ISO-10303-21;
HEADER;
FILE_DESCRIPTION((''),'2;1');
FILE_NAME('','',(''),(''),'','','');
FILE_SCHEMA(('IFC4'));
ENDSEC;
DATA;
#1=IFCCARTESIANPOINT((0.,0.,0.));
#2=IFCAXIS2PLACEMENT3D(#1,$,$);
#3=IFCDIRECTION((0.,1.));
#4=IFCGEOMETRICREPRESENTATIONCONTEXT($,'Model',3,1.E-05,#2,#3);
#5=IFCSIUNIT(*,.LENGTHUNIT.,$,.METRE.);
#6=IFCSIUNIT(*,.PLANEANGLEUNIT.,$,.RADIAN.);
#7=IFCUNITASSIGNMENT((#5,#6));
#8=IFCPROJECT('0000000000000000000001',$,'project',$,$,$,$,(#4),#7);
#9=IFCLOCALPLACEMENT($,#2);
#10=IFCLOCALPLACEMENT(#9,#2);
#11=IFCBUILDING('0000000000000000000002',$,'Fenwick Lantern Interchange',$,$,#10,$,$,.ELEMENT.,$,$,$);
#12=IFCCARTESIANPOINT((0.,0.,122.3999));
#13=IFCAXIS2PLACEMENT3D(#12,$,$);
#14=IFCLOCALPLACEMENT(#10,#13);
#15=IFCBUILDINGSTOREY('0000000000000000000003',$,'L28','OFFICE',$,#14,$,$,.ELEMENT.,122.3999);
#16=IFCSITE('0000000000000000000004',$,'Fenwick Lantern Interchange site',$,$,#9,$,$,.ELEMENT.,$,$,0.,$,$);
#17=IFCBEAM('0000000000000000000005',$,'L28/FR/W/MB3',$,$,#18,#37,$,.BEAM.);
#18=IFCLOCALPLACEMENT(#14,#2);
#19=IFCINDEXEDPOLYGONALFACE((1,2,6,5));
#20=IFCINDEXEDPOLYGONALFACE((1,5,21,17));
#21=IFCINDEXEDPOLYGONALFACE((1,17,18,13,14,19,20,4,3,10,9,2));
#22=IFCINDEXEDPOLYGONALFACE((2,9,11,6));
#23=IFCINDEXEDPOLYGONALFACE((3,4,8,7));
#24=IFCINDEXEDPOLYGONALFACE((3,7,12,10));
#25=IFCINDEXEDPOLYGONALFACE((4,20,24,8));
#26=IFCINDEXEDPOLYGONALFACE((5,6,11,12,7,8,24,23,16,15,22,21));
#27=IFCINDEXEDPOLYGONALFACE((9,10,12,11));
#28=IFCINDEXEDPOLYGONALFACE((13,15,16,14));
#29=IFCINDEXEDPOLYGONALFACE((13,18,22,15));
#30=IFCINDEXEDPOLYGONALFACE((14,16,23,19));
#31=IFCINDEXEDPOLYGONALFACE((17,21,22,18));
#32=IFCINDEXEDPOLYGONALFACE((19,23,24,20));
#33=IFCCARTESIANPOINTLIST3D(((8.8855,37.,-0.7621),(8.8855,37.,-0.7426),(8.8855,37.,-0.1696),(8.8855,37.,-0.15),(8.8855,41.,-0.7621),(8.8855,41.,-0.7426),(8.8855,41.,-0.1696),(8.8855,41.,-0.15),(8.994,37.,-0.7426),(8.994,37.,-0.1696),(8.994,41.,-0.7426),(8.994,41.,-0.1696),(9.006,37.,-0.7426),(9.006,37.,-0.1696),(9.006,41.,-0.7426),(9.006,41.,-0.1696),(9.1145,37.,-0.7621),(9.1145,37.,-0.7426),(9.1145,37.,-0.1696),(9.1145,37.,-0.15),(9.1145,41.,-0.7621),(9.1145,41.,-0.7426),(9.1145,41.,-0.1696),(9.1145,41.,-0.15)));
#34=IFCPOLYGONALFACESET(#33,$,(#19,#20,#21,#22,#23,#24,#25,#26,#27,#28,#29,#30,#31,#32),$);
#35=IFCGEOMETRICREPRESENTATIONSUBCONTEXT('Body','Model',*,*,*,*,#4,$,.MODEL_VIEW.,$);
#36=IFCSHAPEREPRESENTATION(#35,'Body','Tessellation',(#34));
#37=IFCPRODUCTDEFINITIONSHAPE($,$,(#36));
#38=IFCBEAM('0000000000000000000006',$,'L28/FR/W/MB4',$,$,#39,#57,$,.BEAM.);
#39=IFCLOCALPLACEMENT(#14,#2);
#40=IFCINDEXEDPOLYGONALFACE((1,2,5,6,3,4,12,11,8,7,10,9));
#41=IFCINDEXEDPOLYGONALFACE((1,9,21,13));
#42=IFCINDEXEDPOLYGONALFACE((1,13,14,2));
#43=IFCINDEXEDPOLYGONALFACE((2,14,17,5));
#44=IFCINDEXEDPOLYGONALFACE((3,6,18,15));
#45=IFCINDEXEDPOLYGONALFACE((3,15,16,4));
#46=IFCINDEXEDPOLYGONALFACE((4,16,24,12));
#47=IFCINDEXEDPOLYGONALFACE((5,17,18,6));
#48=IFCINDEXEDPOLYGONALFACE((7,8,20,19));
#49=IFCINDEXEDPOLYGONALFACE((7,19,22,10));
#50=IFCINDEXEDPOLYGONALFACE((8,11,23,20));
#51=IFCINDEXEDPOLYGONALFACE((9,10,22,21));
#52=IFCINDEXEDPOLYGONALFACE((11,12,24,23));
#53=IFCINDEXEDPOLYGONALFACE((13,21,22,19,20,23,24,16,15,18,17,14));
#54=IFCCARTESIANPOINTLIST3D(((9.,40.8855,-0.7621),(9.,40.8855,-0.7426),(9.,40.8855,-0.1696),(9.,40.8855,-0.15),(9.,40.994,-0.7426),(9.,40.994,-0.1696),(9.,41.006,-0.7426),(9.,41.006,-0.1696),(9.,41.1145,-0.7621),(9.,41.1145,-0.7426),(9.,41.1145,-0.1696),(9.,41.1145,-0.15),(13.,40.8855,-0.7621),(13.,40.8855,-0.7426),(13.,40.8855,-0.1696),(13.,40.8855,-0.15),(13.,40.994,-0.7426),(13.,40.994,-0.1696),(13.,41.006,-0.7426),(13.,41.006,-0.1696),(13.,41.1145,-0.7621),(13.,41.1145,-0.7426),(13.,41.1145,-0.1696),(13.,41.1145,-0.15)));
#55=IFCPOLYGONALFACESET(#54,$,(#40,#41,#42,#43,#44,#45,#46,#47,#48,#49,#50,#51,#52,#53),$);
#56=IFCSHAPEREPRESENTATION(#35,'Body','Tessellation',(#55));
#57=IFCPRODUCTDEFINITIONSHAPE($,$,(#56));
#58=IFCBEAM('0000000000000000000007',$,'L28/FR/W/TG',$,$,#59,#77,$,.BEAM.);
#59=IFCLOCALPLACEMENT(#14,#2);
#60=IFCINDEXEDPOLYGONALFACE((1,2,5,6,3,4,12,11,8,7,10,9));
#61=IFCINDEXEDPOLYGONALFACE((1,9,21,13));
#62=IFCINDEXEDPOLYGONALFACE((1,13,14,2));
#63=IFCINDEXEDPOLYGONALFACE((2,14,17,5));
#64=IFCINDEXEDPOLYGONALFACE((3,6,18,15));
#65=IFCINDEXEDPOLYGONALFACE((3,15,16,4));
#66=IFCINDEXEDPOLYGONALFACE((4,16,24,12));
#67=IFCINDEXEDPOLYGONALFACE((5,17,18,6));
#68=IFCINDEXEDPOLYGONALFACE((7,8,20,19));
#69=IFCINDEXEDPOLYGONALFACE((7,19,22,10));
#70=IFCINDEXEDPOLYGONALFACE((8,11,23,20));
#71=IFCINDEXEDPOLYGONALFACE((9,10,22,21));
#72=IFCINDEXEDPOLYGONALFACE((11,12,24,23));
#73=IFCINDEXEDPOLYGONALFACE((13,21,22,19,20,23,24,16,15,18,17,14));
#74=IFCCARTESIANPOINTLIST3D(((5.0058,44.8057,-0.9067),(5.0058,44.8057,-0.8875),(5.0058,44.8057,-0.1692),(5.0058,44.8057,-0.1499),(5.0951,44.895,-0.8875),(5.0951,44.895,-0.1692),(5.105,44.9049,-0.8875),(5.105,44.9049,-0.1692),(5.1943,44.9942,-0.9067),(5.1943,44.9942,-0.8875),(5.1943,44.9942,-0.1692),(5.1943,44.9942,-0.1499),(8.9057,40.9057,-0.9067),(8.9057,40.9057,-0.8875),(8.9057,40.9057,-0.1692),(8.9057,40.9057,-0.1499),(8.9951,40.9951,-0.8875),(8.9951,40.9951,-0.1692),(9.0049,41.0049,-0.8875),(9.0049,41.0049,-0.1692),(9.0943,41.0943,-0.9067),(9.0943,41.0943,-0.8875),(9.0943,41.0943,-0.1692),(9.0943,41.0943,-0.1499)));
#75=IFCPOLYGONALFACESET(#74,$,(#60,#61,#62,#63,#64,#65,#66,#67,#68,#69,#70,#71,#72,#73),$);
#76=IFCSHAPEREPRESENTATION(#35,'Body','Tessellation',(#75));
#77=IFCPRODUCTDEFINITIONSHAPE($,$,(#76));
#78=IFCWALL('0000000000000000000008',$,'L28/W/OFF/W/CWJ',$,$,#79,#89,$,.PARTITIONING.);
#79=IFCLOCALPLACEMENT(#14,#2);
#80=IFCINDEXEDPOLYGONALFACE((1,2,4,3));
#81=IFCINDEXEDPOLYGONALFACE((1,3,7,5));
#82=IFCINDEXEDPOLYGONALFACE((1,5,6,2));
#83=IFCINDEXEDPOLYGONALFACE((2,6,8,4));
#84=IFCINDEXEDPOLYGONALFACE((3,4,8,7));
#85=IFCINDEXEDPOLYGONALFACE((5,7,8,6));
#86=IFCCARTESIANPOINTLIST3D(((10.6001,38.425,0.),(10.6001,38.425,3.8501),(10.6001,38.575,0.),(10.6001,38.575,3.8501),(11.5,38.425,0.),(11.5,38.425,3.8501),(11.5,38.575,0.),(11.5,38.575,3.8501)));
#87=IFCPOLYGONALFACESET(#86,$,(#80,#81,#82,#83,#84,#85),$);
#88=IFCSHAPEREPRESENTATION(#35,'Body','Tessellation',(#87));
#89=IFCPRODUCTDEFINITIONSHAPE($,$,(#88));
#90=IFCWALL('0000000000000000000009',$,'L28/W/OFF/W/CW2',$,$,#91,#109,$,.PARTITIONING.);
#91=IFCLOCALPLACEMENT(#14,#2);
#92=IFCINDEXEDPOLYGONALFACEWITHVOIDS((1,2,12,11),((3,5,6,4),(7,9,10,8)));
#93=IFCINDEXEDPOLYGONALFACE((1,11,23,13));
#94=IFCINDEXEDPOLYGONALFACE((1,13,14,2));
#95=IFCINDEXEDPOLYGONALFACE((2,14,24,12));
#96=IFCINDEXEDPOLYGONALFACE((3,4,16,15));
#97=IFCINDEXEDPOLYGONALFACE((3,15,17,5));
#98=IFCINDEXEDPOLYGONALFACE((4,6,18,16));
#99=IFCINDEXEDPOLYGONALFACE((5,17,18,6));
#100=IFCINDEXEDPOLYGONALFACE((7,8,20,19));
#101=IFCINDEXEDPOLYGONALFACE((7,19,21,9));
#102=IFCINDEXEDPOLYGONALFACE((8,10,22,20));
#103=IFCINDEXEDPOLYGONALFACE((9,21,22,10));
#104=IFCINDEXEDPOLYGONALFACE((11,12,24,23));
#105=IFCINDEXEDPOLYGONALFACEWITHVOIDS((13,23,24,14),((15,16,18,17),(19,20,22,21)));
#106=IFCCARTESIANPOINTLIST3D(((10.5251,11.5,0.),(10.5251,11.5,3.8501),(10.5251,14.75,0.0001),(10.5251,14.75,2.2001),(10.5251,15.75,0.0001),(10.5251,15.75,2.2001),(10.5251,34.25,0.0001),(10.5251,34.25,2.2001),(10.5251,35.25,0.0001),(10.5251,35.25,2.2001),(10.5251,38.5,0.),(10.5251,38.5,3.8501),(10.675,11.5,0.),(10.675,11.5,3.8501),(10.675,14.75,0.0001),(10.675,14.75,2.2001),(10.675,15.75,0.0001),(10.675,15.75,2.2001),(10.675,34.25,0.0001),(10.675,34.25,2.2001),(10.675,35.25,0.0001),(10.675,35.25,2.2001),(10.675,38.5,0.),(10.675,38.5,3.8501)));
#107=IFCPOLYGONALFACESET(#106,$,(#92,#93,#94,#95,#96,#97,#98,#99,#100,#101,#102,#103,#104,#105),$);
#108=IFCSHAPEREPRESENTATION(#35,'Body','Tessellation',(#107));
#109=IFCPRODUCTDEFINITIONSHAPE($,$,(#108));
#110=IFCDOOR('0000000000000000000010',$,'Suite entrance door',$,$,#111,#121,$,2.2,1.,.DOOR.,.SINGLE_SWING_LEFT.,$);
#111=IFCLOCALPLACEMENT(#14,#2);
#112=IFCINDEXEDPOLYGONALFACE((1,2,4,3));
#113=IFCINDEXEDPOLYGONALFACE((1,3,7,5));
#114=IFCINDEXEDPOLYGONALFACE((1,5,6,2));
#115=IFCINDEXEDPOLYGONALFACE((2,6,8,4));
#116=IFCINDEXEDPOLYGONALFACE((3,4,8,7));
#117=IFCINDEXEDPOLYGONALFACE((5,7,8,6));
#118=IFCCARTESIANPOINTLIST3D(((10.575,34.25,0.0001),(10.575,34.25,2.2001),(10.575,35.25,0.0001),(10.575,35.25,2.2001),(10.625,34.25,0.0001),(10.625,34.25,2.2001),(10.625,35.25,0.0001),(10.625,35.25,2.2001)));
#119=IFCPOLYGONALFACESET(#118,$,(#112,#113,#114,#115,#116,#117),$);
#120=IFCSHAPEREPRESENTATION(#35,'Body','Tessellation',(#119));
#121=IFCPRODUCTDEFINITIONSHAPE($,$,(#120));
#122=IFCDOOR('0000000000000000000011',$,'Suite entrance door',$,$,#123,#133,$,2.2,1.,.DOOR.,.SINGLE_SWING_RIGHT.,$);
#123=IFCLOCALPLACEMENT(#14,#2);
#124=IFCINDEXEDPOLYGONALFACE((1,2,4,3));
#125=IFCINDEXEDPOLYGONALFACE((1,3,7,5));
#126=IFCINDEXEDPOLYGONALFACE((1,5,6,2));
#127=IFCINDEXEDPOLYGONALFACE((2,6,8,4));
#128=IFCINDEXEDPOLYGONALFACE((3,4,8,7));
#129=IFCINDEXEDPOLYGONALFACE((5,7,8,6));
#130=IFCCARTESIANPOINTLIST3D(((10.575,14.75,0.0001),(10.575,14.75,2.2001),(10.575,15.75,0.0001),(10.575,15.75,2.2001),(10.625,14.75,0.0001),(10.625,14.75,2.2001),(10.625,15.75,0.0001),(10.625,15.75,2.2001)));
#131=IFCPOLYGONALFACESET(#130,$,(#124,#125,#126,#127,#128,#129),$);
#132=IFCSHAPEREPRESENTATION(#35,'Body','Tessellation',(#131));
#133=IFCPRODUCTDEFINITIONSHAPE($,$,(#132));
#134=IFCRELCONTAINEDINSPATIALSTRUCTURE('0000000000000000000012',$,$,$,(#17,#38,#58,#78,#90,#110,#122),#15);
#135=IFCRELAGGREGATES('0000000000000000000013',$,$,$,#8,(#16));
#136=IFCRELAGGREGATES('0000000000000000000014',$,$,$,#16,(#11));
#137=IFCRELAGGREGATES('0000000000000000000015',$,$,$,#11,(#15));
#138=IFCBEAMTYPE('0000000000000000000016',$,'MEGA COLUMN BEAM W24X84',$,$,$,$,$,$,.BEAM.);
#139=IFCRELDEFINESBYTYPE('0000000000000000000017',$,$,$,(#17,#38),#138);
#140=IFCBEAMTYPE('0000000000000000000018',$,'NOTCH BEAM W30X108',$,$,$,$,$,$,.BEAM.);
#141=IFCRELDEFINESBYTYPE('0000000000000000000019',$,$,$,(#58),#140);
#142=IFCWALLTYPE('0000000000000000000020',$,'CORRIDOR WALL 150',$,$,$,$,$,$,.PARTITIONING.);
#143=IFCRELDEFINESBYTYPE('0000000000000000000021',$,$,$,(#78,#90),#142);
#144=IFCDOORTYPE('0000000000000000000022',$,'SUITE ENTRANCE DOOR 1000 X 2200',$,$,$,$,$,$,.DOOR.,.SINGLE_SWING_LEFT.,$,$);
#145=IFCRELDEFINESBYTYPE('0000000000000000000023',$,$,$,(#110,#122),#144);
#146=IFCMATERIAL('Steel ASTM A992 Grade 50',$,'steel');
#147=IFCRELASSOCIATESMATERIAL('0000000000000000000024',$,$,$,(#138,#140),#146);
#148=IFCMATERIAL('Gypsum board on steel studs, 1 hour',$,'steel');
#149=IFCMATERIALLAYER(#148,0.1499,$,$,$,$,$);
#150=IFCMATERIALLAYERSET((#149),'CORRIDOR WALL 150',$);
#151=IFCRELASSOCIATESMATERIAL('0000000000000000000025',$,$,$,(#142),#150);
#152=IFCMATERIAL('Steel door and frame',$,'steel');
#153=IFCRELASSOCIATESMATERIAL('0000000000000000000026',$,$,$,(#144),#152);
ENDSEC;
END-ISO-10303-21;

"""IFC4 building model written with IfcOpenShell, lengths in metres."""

from ifc_helpers import new_model, si_unit, direction, frame, frame_2d, origin, origin_2d, place, context, subcontext, project, spatial, rectangle, i_section, extrude, material, layer, layer_set, material_profile, profile_set, type_object, element, fill, save


model = new_model("IFC4")

# Units and contexts
model_context = context("Model", 3, precision=1e-05, world=origin(), true_north=direction((0.0, 1.0)))
body_context = subcontext(model_context, "Body", "Model", "MODEL_VIEW")
ifc_project = project(units=[si_unit("LENGTHUNIT", "METRE"), si_unit("PLANEANGLEUNIT", "RADIAN")], contexts=[model_context])

# Site, building, storey
site_placement = place(None, origin())
site = spatial("IfcSite", under=ifc_project, at=site_placement, Name="Fenwick Lantern Interchange site", CompositionType="ELEMENT", RefElevation=0.0)
building_placement = place(site_placement, origin())
building = spatial("IfcBuilding", under=site, at=building_placement, Name="Fenwick Lantern Interchange", CompositionType="ELEMENT")
storey_placement = place(building_placement, frame((0.0, 0.0, 122.3999)))
storey = spatial("IfcBuildingStorey", under=building, at=storey_placement, Name="L28", Description="OFFICE", CompositionType="ELEMENT", Elevation=122.3999)

# Beams
ifc_material_1 = material(Name="Steel ASTM A992 Grade 50", Category="steel")
ifc_material_profile_1 = material_profile(ifc_material_1, i_section(OverallWidth=0.229, OverallDepth=0.6121, WebThickness=0.012, FlangeThickness=0.0195, at=origin_2d()), Name="W24X84")
ifc_profile_set_1 = profile_set([ifc_material_profile_1], Name="Steel ASTM A992 Grade 50")
beam_type_1 = type_object("IfcBeamType", Name="MEGA COLUMN BEAM W24X84", PredefinedType="BEAM", material=ifc_profile_set_1)
for number, where, z_axis, x_axis, name in (
    (1, (9.0, 41.0, -0.4561), (0.0, -1.0, 0.0), (1.0, 0.0, 0.0), "L28/FR/W/MB3"),
    (2, (9.0, 41.0, -0.4561), (1.0, 0.0, 0.0), (0.0, 1.0, 0.0), "L28/FR/W/MB4"),
):
    element("IfcBeam", number, at=place(storey_placement, frame(where, z_axis=z_axis, x_axis=x_axis)), inside=storey, type_object=beam_type_1, Name=name, PredefinedType="BEAM", context=body_context, shape_type="SweptSolid", body=[
        extrude(i_section(OverallWidth=0.229, OverallDepth=0.6121, WebThickness=0.012, FlangeThickness=0.0195, at=origin_2d()), origin(), (0.0, 0.0, 1.0), 4.0),
    ])
ifc_material_profile_2 = material_profile(ifc_material_1, i_section(OverallWidth=0.2666, OverallDepth=0.7568, WebThickness=0.0139, FlangeThickness=0.0193, at=origin_2d()), Name="W30X108")
ifc_profile_set_2 = profile_set([ifc_material_profile_2], Name="Steel ASTM A992 Grade 50")
beam_type_2 = type_object("IfcBeamType", Name="NOTCH BEAM W30X108", PredefinedType="BEAM", material=ifc_profile_set_2)
beam_1_placement = place(storey_placement, frame((9.0, 41.0, -0.5283), z_axis=(-0.707107, 0.707107, 0.0), x_axis=(-0.707107, -0.707107, 0.0)))
element("IfcBeam", 3, at=beam_1_placement, inside=storey, type_object=beam_type_2, Name="L28/FR/W/TG", PredefinedType="BEAM", context=body_context, shape_type="SweptSolid", body=[
    extrude(i_section(OverallWidth=0.2666, OverallDepth=0.7568, WebThickness=0.0139, FlangeThickness=0.0193, at=origin_2d()), origin(), (0.0, 0.0, 1.0), 5.5154),
])

# Wall
ifc_material_2 = material(Name="Gypsum board on steel studs, 1 hour", Category="steel")
ifc_layer = layer(ifc_material_2, 0.1499)
ifc_layer_set = layer_set([ifc_layer], Name="CORRIDOR WALL 150")
wall_type = type_object("IfcWallType", Name="CORRIDOR WALL 150", PredefinedType="PARTITIONING", material=ifc_layer_set)
wall_1_placement = place(storey_placement, frame((11.5, 38.5, 0.0), z_axis=(0.0, 0.0, 1.0), x_axis=(-1.0, 0.0, 0.0)))
element("IfcWall", 4, at=wall_1_placement, inside=storey, type_object=wall_type, Name="L28/W/OFF/W/CWJ", PredefinedType="PARTITIONING", context=body_context, shape_type="SweptSolid", body=[
    extrude(rectangle(XDim=0.8999, YDim=0.1499, at=frame_2d((0.45, 0.0))), origin(), (0.0, 0.0, 1.0), 3.8501),
])

# Wall, openings, doors
wall_2_placement = place(storey_placement, frame((10.6001, 38.5, 0.0), z_axis=(0.0, 0.0, 1.0), x_axis=(0.0, -1.0, 0.0)))
wall_2 = element("IfcWall", 5, at=wall_2_placement, inside=storey, type_object=wall_type, Name="L28/W/OFF/W/CW2", PredefinedType="PARTITIONING", context=body_context, shape_type="SweptSolid", body=[
    extrude(rectangle(XDim=27.0, YDim=0.1499, at=frame_2d((13.5, 0.0))), origin(), (0.0, 0.0, 1.0), 3.8501),
])
opening_1_placement = place(wall_2_placement, frame((3.25, 0.0, 0.0)))
opening_1 = element("IfcOpeningElement", 6, at=opening_1_placement, cuts=wall_2, PredefinedType="OPENING", context=body_context, shape_type="SweptSolid", body=[
    extrude(rectangle(XDim=1.0, YDim=2.2, at=frame_2d((0.5, 1.1001))), frame((0.0, 0.085, 0.0), z_axis=(0.0, -1.0, 0.0), x_axis=(1.0, 0.0, 0.0)), (0.0, 0.0, 1.0), 0.1699),
])
opening_2_placement = place(wall_2_placement, frame((22.75, 0.0, 0.0)))
opening_2 = element("IfcOpeningElement", 7, at=opening_2_placement, cuts=wall_2, PredefinedType="OPENING", context=body_context, shape_type="SweptSolid", body=[
    extrude(rectangle(XDim=1.0, YDim=2.2, at=frame_2d((0.5, 1.1001))), frame((0.0, 0.085, 0.0), z_axis=(0.0, -1.0, 0.0), x_axis=(1.0, 0.0, 0.0)), (0.0, 0.0, 1.0), 0.1699),
])
ifc_material_3 = material(Name="Steel door and frame", Category="steel")
door_type = type_object("IfcDoorType", Name="SUITE ENTRANCE DOOR 1000 X 2200", OperationType="SINGLE_SWING_LEFT", PredefinedType="DOOR", material=ifc_material_3)
door_1_placement = place(opening_1_placement, origin())
door_1 = element("IfcDoor", 8, at=door_1_placement, inside=storey, type_object=door_type, Name="Suite entrance door", OperationType="SINGLE_SWING_LEFT", OverallHeight=2.2, OverallWidth=1.0, PredefinedType="DOOR", context=body_context, shape_type="SweptSolid", body=[
    extrude(rectangle(XDim=1.0, YDim=2.2, at=frame_2d((0.5, 1.1001))), frame((0.0, 0.0249, 0.0), z_axis=(0.0, -1.0, 0.0), x_axis=(1.0, 0.0, 0.0)), (0.0, 0.0, 1.0), 0.05),
])
fill(opening_1, door_1)
door_2_placement = place(opening_2_placement, origin())
door_2 = element("IfcDoor", 9, at=door_2_placement, inside=storey, type_object=door_type, Name="Suite entrance door", OperationType="SINGLE_SWING_RIGHT", OverallHeight=2.2, OverallWidth=1.0, PredefinedType="DOOR", context=body_context, shape_type="SweptSolid", body=[
    extrude(rectangle(XDim=1.0, YDim=2.2, at=frame_2d((0.5, 1.1001))), frame((0.0, 0.0249, 0.0), z_axis=(0.0, -1.0, 0.0), x_axis=(1.0, 0.0, 0.0)), (0.0, 0.0, 1.0), 0.05),
])
fill(opening_2, door_2)

save(model, "model.ifc")
